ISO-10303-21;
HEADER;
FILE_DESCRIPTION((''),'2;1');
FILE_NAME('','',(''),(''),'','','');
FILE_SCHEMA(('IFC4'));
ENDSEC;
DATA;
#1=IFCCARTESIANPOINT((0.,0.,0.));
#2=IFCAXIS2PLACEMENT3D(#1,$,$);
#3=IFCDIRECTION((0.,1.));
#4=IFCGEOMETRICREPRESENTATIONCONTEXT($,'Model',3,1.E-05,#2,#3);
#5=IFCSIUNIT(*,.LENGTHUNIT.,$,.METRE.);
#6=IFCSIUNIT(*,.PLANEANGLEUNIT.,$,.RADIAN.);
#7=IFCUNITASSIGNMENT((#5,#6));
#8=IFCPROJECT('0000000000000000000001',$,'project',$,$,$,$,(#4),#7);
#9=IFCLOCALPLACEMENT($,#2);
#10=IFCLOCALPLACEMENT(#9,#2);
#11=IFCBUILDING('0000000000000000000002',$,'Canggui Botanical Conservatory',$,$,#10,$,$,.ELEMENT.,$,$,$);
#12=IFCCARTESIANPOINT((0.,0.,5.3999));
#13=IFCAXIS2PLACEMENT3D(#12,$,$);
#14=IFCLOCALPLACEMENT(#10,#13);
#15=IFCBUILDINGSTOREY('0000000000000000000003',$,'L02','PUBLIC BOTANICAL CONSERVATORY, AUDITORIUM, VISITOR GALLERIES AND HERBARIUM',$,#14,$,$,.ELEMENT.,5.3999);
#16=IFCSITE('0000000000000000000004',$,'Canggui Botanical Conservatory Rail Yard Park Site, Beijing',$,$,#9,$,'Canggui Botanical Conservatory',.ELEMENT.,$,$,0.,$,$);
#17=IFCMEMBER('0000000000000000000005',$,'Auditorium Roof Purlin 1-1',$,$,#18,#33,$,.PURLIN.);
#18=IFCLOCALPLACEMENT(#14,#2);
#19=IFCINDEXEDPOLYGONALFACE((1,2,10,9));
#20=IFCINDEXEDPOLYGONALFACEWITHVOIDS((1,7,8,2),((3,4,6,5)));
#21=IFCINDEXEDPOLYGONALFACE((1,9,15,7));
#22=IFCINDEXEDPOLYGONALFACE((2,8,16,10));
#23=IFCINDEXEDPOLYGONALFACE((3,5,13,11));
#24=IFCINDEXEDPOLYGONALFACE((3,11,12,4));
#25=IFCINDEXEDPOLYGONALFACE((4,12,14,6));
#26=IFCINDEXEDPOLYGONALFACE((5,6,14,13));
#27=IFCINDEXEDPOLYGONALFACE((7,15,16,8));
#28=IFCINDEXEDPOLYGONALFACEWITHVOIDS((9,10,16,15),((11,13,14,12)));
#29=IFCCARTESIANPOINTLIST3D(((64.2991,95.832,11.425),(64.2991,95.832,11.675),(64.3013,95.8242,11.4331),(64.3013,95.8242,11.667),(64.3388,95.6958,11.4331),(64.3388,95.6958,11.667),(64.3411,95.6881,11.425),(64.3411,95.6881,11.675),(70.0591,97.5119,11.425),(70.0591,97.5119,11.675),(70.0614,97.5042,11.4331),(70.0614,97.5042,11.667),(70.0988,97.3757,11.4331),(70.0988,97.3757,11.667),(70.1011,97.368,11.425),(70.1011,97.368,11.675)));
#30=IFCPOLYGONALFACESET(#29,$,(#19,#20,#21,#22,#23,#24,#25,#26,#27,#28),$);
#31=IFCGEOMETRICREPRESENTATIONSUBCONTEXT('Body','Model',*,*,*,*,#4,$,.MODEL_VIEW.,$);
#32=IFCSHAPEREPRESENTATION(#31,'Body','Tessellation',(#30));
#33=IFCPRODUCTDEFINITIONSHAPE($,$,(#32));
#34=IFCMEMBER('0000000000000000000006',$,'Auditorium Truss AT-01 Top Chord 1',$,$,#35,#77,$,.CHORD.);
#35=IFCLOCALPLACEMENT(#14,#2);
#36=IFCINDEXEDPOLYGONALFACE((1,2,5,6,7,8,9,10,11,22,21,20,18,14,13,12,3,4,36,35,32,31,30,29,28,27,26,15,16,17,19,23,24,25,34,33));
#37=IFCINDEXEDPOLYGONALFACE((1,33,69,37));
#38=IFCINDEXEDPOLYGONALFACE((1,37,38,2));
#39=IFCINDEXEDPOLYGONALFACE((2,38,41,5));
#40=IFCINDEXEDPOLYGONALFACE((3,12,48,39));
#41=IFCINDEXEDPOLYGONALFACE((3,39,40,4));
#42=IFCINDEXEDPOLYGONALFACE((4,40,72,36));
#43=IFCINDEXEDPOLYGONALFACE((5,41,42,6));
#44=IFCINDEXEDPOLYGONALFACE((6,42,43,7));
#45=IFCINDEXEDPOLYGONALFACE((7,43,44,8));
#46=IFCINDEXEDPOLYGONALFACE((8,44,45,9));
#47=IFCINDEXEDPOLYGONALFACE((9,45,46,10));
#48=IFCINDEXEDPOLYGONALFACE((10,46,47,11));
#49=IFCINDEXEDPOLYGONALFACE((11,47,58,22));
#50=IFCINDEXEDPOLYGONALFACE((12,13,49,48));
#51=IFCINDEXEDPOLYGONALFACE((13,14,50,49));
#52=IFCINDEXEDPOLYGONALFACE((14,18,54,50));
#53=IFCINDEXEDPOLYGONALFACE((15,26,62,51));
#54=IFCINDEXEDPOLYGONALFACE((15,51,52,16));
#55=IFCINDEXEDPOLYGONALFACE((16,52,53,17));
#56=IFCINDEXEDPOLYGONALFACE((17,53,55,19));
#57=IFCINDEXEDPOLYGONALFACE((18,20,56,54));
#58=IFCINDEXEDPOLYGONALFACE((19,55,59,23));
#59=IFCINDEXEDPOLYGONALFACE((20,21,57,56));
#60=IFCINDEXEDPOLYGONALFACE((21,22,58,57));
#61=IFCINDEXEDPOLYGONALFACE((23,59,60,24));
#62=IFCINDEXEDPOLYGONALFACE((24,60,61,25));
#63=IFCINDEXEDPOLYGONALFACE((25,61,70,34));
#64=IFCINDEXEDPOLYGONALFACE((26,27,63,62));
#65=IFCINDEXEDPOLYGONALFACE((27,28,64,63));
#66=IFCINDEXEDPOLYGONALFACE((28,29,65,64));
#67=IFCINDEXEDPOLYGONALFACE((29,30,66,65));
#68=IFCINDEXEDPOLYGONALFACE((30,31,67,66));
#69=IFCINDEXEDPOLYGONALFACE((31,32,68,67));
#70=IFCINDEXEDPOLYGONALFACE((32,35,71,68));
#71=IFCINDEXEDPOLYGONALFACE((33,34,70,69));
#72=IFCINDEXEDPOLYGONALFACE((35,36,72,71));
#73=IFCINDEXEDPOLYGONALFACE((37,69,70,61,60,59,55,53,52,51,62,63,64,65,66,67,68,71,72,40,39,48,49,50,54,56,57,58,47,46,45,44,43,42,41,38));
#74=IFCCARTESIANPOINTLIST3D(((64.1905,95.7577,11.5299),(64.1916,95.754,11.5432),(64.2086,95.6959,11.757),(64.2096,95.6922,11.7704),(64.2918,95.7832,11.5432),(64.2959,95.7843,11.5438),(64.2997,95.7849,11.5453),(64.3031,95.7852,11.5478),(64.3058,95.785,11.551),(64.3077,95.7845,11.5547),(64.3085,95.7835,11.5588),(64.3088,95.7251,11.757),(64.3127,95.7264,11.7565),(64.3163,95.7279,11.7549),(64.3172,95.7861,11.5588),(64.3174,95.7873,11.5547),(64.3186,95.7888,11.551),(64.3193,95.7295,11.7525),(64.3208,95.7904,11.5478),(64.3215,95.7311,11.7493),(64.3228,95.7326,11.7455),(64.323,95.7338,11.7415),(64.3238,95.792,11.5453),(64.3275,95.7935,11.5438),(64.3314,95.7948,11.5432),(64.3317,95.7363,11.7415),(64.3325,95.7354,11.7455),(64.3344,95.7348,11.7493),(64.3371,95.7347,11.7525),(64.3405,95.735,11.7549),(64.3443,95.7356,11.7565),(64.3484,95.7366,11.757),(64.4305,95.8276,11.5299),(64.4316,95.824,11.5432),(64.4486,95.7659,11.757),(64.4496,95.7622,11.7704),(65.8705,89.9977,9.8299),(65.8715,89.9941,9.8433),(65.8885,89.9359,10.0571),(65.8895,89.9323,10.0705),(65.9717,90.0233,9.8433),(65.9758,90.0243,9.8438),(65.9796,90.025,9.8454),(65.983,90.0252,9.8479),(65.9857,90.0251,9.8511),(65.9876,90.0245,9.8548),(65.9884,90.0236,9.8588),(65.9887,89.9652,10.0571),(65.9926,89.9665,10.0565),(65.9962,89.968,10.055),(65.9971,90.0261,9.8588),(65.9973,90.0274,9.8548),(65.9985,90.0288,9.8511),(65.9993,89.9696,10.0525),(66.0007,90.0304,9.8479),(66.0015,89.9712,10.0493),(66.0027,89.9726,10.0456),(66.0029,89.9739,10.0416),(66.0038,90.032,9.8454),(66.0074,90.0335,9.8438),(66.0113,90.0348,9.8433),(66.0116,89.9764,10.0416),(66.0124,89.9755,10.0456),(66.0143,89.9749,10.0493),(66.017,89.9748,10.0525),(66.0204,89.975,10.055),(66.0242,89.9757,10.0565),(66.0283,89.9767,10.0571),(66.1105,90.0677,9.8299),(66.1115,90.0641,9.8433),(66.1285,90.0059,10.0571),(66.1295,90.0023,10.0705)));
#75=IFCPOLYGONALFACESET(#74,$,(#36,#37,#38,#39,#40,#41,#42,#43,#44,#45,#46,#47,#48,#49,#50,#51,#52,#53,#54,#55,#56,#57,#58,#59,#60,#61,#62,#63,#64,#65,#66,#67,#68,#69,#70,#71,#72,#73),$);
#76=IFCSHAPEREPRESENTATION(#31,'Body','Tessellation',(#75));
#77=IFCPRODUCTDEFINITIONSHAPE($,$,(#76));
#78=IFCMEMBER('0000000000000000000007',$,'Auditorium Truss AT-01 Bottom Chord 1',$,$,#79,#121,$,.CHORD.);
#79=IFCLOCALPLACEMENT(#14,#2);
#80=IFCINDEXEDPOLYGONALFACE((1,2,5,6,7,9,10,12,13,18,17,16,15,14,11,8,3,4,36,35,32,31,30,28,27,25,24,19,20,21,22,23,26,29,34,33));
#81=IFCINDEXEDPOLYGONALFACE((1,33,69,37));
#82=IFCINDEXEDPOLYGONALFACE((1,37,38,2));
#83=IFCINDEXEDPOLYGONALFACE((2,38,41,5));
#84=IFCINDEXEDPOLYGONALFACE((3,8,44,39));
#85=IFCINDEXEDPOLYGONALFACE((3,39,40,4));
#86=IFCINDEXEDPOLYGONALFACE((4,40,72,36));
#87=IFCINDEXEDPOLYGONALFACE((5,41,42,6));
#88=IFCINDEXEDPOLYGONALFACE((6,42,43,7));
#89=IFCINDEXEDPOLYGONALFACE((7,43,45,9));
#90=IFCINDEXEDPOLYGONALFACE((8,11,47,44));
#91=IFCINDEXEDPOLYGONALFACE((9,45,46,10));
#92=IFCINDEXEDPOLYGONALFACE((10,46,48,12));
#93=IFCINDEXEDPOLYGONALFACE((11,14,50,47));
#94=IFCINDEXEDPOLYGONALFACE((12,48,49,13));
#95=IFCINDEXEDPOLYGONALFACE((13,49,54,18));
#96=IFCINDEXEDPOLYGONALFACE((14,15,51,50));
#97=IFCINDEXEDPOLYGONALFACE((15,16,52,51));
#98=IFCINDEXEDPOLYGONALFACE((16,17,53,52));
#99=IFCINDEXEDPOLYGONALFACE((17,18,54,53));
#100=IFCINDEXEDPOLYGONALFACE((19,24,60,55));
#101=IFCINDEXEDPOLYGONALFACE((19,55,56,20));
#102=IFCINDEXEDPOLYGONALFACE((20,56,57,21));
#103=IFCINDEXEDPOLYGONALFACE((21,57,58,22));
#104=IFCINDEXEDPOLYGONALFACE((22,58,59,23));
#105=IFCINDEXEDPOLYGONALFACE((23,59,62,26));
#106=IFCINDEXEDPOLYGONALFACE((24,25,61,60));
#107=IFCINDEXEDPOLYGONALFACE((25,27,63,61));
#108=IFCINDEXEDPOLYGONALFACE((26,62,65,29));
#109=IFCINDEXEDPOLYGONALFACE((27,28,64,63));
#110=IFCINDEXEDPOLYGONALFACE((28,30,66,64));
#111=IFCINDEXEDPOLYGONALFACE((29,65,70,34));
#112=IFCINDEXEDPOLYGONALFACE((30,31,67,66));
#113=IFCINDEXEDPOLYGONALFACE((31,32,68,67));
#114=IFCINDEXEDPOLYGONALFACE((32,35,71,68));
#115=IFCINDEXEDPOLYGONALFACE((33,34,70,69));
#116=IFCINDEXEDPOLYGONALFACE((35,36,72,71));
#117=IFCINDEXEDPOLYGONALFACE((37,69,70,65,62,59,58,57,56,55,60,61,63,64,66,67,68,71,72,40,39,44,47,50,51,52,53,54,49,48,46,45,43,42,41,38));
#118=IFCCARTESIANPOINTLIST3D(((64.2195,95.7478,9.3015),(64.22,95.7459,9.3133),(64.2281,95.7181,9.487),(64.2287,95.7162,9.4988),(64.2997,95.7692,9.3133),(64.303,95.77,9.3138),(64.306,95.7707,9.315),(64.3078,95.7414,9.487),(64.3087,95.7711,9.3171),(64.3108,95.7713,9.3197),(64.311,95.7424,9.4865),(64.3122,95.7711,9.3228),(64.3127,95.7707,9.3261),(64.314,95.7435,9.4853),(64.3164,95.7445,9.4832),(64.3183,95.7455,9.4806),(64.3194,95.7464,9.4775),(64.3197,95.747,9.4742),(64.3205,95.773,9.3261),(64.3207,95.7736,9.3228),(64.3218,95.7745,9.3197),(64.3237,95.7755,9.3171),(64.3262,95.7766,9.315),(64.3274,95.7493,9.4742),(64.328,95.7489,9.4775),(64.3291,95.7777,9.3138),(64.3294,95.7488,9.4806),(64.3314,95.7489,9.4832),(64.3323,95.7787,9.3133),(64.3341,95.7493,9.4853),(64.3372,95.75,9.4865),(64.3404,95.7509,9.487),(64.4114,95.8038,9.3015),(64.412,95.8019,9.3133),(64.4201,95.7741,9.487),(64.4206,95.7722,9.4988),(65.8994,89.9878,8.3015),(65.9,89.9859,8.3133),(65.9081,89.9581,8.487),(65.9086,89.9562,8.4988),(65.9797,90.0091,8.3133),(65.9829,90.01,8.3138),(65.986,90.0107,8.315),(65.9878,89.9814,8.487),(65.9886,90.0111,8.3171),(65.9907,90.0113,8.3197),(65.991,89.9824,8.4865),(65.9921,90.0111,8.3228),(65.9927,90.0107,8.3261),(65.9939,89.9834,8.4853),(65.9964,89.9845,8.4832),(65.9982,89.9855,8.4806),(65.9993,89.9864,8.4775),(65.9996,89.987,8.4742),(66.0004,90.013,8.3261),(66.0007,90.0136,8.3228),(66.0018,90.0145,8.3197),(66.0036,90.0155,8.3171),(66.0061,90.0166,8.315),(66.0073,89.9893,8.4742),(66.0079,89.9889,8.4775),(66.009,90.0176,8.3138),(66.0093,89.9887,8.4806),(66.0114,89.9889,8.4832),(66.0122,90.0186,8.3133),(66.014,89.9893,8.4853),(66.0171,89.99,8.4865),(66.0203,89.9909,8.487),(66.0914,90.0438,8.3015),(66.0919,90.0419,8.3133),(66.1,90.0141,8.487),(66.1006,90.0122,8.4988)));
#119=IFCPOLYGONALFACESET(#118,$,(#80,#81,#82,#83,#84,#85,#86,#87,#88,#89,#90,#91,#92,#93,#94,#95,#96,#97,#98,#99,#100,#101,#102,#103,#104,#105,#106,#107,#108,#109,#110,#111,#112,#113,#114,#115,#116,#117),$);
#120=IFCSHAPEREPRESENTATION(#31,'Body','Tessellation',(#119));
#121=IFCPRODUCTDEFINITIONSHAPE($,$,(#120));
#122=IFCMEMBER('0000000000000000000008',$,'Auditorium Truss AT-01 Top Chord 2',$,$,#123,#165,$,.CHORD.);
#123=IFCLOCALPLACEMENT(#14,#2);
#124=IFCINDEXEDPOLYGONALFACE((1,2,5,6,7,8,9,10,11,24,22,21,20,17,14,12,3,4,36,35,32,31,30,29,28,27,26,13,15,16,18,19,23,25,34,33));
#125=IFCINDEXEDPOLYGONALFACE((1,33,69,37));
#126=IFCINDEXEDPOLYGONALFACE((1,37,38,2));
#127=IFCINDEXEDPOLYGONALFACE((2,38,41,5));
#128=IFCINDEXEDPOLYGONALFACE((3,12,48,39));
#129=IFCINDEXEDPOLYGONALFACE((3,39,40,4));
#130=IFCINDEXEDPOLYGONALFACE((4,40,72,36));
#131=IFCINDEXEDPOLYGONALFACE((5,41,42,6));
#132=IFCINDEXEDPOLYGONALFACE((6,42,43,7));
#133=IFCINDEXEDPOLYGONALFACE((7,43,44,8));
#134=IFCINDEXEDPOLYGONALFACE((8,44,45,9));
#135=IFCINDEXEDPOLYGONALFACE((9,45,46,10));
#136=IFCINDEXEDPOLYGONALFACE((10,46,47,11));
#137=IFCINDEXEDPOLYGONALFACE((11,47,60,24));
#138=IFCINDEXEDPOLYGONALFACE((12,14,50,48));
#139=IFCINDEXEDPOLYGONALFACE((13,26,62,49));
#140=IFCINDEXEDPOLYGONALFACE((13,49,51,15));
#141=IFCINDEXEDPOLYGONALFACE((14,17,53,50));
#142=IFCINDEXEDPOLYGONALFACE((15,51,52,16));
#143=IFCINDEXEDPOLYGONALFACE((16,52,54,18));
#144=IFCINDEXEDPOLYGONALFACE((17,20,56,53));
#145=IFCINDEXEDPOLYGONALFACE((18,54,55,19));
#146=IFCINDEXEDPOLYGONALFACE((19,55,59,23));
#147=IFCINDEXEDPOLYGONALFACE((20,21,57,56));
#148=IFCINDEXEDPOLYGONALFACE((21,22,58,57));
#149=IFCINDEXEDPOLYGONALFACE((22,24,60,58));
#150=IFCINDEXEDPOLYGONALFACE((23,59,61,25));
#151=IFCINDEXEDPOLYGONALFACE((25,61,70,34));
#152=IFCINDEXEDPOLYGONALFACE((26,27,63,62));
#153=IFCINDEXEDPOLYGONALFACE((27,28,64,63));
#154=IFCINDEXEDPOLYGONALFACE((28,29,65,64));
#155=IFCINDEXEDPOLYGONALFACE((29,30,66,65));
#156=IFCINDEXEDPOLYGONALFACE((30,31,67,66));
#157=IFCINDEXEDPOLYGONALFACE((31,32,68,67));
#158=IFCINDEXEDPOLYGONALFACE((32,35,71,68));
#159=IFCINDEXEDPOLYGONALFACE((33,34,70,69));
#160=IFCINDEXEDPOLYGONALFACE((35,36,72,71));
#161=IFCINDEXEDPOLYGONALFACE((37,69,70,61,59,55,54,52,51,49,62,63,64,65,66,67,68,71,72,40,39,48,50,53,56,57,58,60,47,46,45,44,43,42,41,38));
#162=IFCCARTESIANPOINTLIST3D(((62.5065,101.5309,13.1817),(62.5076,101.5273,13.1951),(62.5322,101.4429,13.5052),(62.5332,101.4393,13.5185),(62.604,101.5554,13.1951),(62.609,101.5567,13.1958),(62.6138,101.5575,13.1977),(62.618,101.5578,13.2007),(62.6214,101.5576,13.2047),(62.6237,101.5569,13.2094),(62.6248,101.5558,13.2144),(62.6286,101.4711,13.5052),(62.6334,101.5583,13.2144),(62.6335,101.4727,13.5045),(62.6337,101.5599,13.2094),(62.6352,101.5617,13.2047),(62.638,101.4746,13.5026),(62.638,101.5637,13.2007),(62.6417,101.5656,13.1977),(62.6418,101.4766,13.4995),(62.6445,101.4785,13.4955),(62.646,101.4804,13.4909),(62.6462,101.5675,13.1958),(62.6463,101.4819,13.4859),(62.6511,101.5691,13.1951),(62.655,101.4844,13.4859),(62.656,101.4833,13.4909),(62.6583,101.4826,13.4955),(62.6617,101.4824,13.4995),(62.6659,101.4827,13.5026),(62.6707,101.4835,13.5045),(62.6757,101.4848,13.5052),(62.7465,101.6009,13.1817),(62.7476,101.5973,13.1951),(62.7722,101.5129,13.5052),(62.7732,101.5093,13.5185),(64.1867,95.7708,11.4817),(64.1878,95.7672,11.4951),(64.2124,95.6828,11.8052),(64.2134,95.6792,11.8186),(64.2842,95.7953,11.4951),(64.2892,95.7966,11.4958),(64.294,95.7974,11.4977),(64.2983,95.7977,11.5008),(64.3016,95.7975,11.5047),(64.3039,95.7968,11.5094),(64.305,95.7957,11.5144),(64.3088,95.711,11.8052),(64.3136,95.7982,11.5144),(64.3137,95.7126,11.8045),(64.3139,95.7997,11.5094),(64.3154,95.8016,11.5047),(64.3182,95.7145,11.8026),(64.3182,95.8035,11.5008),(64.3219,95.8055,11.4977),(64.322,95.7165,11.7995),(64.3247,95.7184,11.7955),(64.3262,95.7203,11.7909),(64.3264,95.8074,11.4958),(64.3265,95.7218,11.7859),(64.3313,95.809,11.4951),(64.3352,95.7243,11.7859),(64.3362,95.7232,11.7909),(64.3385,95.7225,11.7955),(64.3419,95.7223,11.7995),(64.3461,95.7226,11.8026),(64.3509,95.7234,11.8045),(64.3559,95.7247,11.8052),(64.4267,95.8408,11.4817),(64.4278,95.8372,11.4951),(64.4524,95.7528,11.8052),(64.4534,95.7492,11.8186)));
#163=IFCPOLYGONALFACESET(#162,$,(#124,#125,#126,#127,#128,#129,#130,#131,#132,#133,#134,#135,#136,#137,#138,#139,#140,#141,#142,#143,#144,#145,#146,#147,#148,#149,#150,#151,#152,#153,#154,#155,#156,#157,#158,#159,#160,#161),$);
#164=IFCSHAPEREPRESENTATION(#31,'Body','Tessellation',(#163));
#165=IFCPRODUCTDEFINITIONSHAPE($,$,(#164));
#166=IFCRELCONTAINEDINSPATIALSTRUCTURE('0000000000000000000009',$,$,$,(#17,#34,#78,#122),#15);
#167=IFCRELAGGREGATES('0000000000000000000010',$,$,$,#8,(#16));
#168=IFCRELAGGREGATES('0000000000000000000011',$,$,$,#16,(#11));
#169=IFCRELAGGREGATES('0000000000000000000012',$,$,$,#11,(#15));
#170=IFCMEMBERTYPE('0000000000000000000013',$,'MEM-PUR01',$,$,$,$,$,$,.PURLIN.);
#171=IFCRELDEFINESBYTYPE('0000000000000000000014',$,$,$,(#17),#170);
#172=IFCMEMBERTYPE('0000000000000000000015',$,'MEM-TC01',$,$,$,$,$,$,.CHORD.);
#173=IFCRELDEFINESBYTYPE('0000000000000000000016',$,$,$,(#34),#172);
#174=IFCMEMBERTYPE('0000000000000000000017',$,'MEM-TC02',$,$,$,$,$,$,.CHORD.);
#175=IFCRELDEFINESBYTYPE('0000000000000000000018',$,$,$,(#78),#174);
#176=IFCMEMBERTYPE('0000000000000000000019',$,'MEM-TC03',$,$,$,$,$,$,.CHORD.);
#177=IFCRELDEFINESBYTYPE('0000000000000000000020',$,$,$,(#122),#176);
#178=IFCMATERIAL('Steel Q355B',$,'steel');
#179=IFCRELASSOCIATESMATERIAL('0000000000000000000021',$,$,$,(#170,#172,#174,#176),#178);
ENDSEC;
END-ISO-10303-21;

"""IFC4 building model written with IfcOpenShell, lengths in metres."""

from ifc_helpers import new_model, si_unit, direction, frame, origin, origin_2d, place, context, subcontext, project, spatial, hollow_rectangle, i_section, extrude, material, material_profile, profile_set, type_object, element, save


model = new_model("IFC4")

# Units and contexts
model_context = context("Model", 3, precision=1e-05, world=origin(), true_north=direction((0.0, 1.0)))
body_context = subcontext(model_context, "Body", "Model", "MODEL_VIEW")
ifc_project = project(units=[si_unit("LENGTHUNIT", "METRE"), si_unit("PLANEANGLEUNIT", "RADIAN")], contexts=[model_context])

# Site, building, storey
site_placement = place(None, origin())
site = spatial("IfcSite", under=ifc_project, at=site_placement, Name="Canggui Botanical Conservatory Rail Yard Park Site, Beijing", LongName="Canggui Botanical Conservatory", CompositionType="ELEMENT", RefElevation=0.0)
building_placement = place(site_placement, origin())
building = spatial("IfcBuilding", under=site, at=building_placement, Name="Canggui Botanical Conservatory", CompositionType="ELEMENT")
storey_placement = place(building_placement, frame((0.0, 0.0, 5.3999)))
storey = spatial("IfcBuildingStorey", under=building, at=storey_placement, Name="L02", Description="PUBLIC BOTANICAL CONSERVATORY, AUDITORIUM, VISITOR GALLERIES AND HERBARIUM", CompositionType="ELEMENT", Elevation=5.3999)

# Members
ifc_material_1 = material(Name="Steel Q355B", Category="steel")
ifc_material_profile_1 = material_profile(ifc_material_1, hollow_rectangle(XDim=0.1499, YDim=0.25, WallThickness=0.0081, at=origin_2d()), Name="RHS 150x250x8")
ifc_profile_set_1 = profile_set([ifc_material_profile_1], Name="Steel Q355B")
member_type_1 = type_object("IfcMemberType", Name="MEM-PUR01", PredefinedType="PURLIN", material=ifc_profile_set_1)
member_1_placement = place(storey_placement, frame((64.3201, 95.76, 11.55), z_axis=(0.960003, 0.279989, 0.0), x_axis=(-0.279989, 0.960003, 0.0)))
element("IfcMember", 1, at=member_1_placement, inside=storey, type_object=member_type_1, Name="Auditorium Roof Purlin 1-1", PredefinedType="PURLIN", context=body_context, shape_type="SweptSolid", body=[
    extrude(hollow_rectangle(XDim=0.1499, YDim=0.25, WallThickness=0.0081, at=origin_2d()), origin(), (0.0, 0.0, 1.0), 6.0),
])
ifc_material_profile_2 = material_profile(ifc_material_1, i_section(OverallWidth=0.25, OverallDepth=0.25, WebThickness=0.009, FlangeThickness=0.0139, FilletRadius=0.0161, at=origin_2d()), Name="HW 250x250x9x14")
ifc_profile_set_2 = profile_set([ifc_material_profile_2], Name="Steel Q355B")
member_type_2 = type_object("IfcMemberType", Name="MEM-TC01", PredefinedType="CHORD", material=ifc_profile_set_2)
member_2_placement = place(storey_placement, frame((66.0, 90.0, 9.9502), z_axis=(-0.269386, 0.923647, 0.272596), x_axis=(-0.960003, -0.279989, 0.0)))
element("IfcMember", 2, at=member_2_placement, inside=storey, type_object=member_type_2, Name="Auditorium Truss AT-01 Top Chord 1", PredefinedType="CHORD", context=body_context, shape_type="SweptSolid", body=[
    extrude(i_section(OverallWidth=0.25, OverallDepth=0.25, WebThickness=0.009, FlangeThickness=0.0139, FilletRadius=0.0161, at=origin_2d()), origin(), (0.0, 0.0, 1.0), 6.2361),
])
ifc_material_profile_3 = material_profile(ifc_material_1, i_section(OverallWidth=0.2, OverallDepth=0.2, WebThickness=0.0081, FlangeThickness=0.012, FilletRadius=0.0129, at=origin_2d()), Name="HW 200x200x8x12")
ifc_profile_set_3 = profile_set([ifc_material_profile_3], Name="Steel Q355B")
member_type_3 = type_object("IfcMemberType", Name="MEM-TC02", PredefinedType="CHORD", material=ifc_profile_set_3)
member_3_placement = place(storey_placement, frame((66.0, 90.0, 8.4001), z_axis=(-0.276179, 0.946941, 0.164399), x_axis=(-0.960003, -0.279989, 0.0)))
element("IfcMember", 3, at=member_3_placement, inside=storey, type_object=member_type_3, Name="Auditorium Truss AT-01 Bottom Chord 1", PredefinedType="CHORD", context=body_context, shape_type="SweptSolid", body=[
    extrude(i_section(OverallWidth=0.2, OverallDepth=0.2, WebThickness=0.0081, FlangeThickness=0.012, FilletRadius=0.0129, at=origin_2d()), origin(), (0.0, 0.0, 1.0), 6.0828),
])
ifc_material_profile_4 = material_profile(ifc_material_1, i_section(OverallWidth=0.25, OverallDepth=0.3501, WebThickness=0.009, FlangeThickness=0.0139, FilletRadius=0.02, at=origin_2d()), Name="HM 350x250x9x14")
ifc_profile_set_4 = profile_set([ifc_material_profile_4], Name="Steel Q355B")
member_type_4 = type_object("IfcMemberType", Name="MEM-TC03", PredefinedType="CHORD", material=ifc_profile_set_4)
member_4_placement = place(storey_placement, frame((64.3201, 95.76, 11.6501), z_axis=(-0.269422, 0.923637, 0.272593), x_axis=(-0.959992, -0.280027, 0.0)))
element("IfcMember", 4, at=member_4_placement, inside=storey, type_object=member_type_4, Name="Auditorium Truss AT-01 Top Chord 2", PredefinedType="CHORD", context=body_context, shape_type="SweptSolid", body=[
    extrude(i_section(OverallWidth=0.25, OverallDepth=0.3501, WebThickness=0.009, FlangeThickness=0.0139, FilletRadius=0.02, at=origin_2d()), origin(), (0.0, 0.0, 1.0), 6.2363),
])

save(model, "model.ifc")
